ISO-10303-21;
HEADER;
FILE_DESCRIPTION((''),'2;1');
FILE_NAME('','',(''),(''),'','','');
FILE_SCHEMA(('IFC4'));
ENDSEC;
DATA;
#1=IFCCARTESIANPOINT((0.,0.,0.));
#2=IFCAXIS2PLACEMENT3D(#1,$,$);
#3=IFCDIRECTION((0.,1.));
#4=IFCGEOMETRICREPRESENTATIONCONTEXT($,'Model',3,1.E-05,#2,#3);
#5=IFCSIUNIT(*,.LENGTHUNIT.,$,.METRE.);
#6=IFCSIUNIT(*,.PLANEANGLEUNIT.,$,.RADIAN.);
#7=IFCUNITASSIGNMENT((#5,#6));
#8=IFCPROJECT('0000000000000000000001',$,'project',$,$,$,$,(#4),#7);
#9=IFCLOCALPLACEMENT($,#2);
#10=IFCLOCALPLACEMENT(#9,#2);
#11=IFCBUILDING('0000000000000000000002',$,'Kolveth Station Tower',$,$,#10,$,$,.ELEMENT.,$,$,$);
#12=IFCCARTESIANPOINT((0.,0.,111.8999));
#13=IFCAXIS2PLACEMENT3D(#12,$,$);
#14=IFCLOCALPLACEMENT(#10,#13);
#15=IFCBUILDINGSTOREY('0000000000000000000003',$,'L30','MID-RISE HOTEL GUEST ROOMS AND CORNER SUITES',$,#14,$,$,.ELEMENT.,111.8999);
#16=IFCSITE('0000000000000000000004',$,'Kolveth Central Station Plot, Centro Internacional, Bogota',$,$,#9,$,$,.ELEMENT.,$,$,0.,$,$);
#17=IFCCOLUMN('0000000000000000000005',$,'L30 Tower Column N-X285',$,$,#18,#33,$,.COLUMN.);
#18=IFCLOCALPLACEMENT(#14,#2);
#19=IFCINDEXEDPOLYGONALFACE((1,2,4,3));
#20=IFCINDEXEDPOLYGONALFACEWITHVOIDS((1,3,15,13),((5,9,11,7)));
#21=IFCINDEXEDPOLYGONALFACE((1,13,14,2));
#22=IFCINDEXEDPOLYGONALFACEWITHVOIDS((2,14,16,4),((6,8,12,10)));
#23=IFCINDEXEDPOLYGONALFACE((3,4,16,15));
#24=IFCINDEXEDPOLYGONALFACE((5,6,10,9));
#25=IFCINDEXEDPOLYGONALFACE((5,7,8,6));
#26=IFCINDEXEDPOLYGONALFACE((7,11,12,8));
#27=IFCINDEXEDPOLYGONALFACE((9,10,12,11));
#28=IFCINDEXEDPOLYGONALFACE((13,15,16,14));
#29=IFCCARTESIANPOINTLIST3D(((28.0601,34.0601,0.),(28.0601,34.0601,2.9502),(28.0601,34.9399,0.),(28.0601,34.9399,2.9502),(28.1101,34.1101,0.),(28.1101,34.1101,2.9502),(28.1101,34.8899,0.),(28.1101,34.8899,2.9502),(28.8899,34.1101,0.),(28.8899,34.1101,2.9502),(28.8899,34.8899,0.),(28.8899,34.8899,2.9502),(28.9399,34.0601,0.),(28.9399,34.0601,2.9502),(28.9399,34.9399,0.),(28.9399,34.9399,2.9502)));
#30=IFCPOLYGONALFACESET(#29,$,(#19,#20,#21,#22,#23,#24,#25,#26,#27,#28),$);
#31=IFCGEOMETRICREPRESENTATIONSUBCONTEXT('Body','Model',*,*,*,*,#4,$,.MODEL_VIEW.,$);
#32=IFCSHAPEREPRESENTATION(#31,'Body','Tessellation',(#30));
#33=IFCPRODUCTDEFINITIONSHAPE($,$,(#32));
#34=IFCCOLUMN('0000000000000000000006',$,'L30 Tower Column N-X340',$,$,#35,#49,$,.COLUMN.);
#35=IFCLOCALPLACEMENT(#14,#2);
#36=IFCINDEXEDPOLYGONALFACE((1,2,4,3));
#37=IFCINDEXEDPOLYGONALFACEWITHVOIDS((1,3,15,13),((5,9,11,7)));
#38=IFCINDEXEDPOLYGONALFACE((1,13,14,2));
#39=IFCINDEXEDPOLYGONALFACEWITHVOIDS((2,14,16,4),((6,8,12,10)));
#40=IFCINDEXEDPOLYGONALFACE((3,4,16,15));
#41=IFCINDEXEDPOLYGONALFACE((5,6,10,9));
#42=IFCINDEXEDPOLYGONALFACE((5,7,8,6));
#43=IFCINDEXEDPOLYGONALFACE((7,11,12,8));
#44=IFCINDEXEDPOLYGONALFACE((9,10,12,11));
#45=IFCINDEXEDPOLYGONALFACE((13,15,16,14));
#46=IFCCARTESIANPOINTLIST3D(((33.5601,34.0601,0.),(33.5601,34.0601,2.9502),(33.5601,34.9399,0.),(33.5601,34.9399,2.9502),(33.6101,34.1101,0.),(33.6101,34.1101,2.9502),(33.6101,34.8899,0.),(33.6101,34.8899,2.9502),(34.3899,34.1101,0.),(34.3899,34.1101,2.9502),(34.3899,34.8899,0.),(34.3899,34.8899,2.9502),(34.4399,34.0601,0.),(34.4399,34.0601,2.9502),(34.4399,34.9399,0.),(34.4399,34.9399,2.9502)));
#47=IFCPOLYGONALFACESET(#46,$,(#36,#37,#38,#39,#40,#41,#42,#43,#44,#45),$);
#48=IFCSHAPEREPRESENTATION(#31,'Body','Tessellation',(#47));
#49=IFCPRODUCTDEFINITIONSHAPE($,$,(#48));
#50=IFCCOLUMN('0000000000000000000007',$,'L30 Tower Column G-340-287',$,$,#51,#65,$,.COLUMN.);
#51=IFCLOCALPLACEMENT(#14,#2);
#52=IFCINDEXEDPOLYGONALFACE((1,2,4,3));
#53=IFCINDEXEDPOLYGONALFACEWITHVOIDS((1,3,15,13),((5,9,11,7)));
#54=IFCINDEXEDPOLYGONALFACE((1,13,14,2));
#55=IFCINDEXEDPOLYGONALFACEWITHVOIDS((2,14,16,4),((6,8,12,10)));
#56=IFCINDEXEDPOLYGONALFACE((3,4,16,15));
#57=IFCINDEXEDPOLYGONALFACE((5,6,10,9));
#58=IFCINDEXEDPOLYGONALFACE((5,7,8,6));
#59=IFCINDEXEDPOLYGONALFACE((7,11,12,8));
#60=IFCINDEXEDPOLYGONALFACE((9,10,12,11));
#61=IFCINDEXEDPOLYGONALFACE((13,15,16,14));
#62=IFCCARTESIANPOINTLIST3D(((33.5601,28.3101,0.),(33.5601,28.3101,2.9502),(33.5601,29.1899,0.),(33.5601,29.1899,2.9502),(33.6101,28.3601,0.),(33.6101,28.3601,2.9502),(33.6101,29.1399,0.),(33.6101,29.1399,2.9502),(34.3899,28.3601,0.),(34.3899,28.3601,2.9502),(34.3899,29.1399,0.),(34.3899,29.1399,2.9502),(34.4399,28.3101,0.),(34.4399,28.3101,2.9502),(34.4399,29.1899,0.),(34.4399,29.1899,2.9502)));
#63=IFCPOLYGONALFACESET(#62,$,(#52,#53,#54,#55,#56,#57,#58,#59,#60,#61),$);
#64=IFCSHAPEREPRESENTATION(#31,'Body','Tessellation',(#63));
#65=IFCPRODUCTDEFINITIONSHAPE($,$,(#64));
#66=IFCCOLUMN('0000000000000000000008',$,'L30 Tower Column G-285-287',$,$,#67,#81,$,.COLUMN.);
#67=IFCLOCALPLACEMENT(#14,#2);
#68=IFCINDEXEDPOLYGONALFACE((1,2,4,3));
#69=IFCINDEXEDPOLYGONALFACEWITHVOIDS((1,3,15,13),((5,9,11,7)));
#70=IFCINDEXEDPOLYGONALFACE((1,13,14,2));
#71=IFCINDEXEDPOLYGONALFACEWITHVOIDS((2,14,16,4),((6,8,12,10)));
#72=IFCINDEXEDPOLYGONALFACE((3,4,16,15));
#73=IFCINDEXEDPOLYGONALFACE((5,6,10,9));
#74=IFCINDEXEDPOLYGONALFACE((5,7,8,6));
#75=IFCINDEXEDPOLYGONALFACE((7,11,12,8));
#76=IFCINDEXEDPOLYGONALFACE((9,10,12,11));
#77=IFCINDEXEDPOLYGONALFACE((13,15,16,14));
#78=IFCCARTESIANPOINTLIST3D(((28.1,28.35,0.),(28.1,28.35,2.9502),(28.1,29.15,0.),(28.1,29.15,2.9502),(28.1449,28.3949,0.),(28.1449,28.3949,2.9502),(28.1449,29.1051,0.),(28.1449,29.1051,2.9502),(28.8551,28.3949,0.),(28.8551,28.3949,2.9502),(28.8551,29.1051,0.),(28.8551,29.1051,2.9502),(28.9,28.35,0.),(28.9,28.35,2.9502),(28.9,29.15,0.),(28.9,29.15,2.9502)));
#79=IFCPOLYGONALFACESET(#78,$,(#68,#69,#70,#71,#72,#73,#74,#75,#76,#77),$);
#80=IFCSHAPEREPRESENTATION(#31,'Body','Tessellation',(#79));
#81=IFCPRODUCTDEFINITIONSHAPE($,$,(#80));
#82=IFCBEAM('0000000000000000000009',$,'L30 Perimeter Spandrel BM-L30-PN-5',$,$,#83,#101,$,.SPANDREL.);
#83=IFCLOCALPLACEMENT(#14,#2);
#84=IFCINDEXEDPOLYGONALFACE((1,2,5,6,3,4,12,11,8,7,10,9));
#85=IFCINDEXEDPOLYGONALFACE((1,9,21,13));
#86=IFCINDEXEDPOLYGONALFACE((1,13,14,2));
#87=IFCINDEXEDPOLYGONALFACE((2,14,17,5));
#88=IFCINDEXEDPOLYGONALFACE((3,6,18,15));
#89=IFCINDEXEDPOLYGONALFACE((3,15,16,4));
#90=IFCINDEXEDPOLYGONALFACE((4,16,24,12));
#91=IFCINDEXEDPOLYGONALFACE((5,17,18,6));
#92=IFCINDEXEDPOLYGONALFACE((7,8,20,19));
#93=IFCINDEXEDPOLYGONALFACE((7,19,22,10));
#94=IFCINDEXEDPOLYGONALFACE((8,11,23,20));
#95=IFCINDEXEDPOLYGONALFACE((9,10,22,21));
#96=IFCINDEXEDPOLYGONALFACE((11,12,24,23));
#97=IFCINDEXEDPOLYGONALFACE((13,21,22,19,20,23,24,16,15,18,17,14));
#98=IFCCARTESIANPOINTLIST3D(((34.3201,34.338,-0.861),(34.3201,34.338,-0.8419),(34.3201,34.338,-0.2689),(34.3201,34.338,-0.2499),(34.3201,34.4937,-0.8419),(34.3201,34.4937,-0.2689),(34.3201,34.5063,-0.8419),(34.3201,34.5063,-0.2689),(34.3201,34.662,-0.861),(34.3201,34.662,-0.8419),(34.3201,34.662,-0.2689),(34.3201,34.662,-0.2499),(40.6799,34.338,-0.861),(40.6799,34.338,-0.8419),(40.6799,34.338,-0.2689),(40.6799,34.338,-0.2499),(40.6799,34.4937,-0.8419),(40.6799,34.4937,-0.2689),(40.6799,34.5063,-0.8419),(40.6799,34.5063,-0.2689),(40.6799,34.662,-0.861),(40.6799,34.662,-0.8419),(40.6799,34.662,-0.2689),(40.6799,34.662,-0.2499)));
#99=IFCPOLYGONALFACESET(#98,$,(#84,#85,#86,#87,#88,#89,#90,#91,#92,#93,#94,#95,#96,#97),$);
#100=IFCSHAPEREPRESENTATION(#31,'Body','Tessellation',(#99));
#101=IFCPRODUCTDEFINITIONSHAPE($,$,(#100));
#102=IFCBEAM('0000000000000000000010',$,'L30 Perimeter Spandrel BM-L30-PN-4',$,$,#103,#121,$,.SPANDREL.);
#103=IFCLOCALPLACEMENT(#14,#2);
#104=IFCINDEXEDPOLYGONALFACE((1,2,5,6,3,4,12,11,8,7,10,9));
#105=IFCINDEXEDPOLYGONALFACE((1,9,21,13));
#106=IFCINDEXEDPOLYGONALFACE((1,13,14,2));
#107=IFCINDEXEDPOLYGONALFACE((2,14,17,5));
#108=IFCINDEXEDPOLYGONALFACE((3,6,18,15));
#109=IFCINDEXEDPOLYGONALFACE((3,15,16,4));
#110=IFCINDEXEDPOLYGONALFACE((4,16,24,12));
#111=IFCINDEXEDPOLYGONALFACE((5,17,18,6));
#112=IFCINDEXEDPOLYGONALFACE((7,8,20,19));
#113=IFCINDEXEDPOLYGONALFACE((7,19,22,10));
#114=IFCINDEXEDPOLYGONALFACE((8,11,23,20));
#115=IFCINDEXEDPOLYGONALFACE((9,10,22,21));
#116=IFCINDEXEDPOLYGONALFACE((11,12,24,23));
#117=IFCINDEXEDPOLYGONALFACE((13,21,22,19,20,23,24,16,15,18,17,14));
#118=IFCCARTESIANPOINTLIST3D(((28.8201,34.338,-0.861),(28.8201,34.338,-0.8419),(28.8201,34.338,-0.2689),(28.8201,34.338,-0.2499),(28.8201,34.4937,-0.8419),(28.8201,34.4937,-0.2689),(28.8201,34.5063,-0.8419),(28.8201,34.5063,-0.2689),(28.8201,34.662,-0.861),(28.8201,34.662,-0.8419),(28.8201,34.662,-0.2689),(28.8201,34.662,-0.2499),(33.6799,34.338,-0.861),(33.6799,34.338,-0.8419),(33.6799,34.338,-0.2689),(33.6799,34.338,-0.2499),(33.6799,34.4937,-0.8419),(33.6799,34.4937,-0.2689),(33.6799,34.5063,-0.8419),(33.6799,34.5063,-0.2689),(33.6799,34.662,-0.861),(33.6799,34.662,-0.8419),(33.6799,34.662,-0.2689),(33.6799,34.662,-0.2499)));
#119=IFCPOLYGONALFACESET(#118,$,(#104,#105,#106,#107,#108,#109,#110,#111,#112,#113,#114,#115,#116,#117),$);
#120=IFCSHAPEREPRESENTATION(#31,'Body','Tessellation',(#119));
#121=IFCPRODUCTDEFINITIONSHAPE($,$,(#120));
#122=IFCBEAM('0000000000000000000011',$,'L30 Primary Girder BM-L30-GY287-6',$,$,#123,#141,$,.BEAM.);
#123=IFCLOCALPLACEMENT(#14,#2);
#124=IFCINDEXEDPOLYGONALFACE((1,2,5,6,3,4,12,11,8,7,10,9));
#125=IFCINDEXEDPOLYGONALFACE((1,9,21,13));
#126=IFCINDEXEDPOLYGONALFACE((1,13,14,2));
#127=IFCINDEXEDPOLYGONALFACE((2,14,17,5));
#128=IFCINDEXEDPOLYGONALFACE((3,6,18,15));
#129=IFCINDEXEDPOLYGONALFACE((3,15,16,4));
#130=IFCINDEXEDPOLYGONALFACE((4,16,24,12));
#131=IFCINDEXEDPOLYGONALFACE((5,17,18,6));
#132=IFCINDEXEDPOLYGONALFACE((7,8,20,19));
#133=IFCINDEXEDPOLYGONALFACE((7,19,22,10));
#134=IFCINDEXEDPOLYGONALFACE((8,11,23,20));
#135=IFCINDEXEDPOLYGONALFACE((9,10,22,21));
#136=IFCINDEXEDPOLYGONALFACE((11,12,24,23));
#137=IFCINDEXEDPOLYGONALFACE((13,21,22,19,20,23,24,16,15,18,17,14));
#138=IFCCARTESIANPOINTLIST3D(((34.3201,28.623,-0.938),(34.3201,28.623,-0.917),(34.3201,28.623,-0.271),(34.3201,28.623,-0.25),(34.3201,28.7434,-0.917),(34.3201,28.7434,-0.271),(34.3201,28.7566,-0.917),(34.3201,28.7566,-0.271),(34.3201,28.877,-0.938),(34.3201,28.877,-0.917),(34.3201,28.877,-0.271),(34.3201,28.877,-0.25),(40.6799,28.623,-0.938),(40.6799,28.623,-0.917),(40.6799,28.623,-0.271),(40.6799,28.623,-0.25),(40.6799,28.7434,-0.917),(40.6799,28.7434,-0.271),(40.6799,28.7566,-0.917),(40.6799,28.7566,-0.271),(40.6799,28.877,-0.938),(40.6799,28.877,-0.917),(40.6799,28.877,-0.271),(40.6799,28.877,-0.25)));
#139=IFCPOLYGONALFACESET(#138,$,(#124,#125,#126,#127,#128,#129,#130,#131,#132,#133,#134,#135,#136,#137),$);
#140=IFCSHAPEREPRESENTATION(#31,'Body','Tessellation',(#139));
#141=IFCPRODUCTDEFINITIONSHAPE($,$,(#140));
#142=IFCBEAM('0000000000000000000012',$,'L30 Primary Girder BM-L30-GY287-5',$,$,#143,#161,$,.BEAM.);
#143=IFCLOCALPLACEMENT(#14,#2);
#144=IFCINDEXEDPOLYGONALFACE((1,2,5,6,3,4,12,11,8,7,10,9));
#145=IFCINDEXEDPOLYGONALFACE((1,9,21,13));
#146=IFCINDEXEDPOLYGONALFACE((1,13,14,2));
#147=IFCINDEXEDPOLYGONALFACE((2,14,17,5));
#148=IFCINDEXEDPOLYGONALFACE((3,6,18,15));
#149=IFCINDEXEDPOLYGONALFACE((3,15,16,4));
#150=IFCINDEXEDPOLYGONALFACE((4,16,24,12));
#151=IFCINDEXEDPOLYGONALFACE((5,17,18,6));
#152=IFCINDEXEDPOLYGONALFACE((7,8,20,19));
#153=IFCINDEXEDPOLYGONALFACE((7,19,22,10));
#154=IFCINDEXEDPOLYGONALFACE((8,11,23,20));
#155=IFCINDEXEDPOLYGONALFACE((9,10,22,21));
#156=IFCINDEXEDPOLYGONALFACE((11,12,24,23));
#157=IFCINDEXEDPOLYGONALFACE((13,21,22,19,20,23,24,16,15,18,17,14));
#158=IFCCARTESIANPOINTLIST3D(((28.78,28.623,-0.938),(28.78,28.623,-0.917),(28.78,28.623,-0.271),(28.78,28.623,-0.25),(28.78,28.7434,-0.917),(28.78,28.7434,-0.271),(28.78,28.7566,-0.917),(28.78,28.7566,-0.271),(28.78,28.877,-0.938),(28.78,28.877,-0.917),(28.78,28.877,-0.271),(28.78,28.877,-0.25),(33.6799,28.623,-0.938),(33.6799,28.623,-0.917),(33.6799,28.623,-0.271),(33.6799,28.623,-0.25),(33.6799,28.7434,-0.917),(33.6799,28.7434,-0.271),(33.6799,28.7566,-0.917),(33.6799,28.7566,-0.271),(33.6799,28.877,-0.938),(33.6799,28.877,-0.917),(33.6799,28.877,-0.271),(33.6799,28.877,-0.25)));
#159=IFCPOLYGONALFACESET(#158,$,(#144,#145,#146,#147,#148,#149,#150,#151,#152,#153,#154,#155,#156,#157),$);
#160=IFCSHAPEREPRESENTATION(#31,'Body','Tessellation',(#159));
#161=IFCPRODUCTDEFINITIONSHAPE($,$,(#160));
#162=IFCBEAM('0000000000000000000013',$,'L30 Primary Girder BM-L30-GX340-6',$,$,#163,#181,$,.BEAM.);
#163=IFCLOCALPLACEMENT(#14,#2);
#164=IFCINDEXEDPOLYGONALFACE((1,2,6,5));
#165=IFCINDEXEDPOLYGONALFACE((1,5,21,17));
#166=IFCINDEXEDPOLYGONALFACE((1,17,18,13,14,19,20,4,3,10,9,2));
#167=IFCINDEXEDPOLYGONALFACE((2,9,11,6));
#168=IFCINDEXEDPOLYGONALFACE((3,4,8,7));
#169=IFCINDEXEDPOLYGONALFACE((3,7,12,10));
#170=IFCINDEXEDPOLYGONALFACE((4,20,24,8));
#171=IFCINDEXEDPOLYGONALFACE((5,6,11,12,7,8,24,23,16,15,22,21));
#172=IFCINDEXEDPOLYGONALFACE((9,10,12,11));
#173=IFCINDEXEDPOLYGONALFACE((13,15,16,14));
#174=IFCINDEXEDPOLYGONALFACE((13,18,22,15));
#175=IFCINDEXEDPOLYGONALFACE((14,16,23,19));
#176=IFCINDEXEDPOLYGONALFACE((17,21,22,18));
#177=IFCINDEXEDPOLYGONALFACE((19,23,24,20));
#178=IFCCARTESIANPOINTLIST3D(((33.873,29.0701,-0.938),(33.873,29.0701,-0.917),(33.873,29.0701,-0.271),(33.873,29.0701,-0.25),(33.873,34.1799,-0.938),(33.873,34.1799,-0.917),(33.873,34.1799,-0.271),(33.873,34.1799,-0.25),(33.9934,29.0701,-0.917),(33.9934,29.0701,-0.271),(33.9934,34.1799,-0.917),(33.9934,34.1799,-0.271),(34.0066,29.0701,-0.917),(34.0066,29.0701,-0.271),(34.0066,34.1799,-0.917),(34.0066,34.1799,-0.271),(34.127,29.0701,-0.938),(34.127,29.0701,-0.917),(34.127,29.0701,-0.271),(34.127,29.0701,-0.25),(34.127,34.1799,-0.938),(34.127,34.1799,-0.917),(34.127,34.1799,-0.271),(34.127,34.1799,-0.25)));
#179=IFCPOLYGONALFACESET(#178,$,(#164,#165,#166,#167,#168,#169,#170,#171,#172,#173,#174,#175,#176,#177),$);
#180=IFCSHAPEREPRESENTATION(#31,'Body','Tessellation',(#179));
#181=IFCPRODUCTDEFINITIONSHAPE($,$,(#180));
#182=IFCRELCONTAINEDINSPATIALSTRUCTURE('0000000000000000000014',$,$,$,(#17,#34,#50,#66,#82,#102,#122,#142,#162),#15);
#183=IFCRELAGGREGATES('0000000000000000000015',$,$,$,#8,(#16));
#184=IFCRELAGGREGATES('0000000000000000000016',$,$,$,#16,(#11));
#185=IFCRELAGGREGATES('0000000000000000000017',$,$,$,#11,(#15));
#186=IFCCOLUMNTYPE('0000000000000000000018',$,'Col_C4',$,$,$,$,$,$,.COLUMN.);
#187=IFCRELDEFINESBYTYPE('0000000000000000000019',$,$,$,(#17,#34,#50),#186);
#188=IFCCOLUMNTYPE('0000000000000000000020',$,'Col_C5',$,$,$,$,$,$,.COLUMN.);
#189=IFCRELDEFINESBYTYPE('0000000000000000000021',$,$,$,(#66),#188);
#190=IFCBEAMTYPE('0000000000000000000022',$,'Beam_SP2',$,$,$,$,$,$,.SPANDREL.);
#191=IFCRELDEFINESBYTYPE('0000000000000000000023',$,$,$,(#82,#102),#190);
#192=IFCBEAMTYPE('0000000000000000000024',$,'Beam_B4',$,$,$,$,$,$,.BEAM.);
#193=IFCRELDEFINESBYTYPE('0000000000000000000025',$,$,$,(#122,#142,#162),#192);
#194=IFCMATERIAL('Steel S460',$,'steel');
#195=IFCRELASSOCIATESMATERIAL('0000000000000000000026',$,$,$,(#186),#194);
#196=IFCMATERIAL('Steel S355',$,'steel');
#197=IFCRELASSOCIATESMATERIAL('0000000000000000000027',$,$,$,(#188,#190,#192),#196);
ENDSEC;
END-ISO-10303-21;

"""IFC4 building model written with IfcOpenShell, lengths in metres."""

from ifc_helpers import new_model, si_unit, direction, frame, origin, origin_2d, place, context, subcontext, project, spatial, hollow_rectangle, i_section, extrude, source, transform, mapped, material, material_profile, profile_set, type_object, element, save


model = new_model("IFC4")

# Units and contexts
model_context = context("Model", 3, precision=1e-05, world=origin(), true_north=direction((0.0, 1.0)))
body_context = subcontext(model_context, "Body", "Model", "MODEL_VIEW")
ifc_project = project(units=[si_unit("LENGTHUNIT", "METRE"), si_unit("PLANEANGLEUNIT", "RADIAN")], contexts=[model_context])

# Site, building, storey
site_placement = place(None, origin())
site = spatial("IfcSite", under=ifc_project, at=site_placement, Name="Kolveth Central Station Plot, Centro Internacional, Bogota", CompositionType="ELEMENT", RefElevation=0.0)
building_placement = place(site_placement, origin())
building = spatial("IfcBuilding", under=site, at=building_placement, Name="Kolveth Station Tower", CompositionType="ELEMENT")
storey_placement = place(building_placement, frame((0.0, 0.0, 111.8999)))
storey = spatial("IfcBuildingStorey", under=building, at=storey_placement, Name="L30", Description="MID-RISE HOTEL GUEST ROOMS AND CORNER SUITES", CompositionType="ELEMENT", Elevation=111.8999)

# Columns
ifc_material_1 = material(Name="Steel S460", Category="steel")
ifc_material_profile_1 = material_profile(ifc_material_1, hollow_rectangle(XDim=0.8799, YDim=0.8799, WallThickness=0.05, at=origin_2d()), Name="BOX880x880x50")
ifc_profile_set_1 = profile_set([ifc_material_profile_1], Name="Steel S460")
column_type_1 = type_object("IfcColumnType", Name="Col_C4", PredefinedType="COLUMN", material=ifc_profile_set_1)
shared_shape_1 = source(origin(), body_context, "Body", "SweptSolid", [
    extrude(hollow_rectangle(XDim=0.8799, YDim=0.8799, WallThickness=0.05, at=origin_2d()), origin(), (0.0, 0.0, 1.0), 2.9502),
])
for number, where, z_axis, x_axis, name in (
    (1, (28.5, 34.5, 0.0), (0.0, 0.0, 1.0), (1.0, 0.0, 0.0), "L30 Tower Column N-X285"),
    (2, (34.0, 34.5, 0.0), (0.0, 0.0, 1.0), (1.0, 0.0, 0.0), "L30 Tower Column N-X340"),
    (3, (34.0, 28.75, 0.0), (0.0, 0.0, 1.0), (1.0, 0.0, 0.0), "L30 Tower Column G-340-287"),
):
    element("IfcColumn", number, at=place(storey_placement, frame(where, z_axis=z_axis, x_axis=x_axis)), inside=storey, type_object=column_type_1, Name=name, PredefinedType="COLUMN", context=body_context, shape_type="MappedRepresentation", body=[
        mapped(shared_shape_1, transform((0.0, 0.0, 0.0), x_axis=(1.0, 0.0, 0.0), y_axis=(0.0, 1.0, 0.0), z_axis=(0.0, 0.0, 1.0), scale=1.0)),
    ])
ifc_material_2 = material(Name="Steel S355", Category="steel")
ifc_material_profile_2 = material_profile(ifc_material_2, hollow_rectangle(XDim=0.8, YDim=0.8, WallThickness=0.0449, at=origin_2d()), Name="BOX800x800x45")
ifc_profile_set_2 = profile_set([ifc_material_profile_2], Name="Steel S355")
column_type_2 = type_object("IfcColumnType", Name="Col_C5", PredefinedType="COLUMN", material=ifc_profile_set_2)
shared_shape_2 = source(origin(), body_context, "Body", "SweptSolid", [
    extrude(hollow_rectangle(XDim=0.8, YDim=0.8, WallThickness=0.0449, at=origin_2d()), origin(), (0.0, 0.0, 1.0), 2.9502),
])
column_placement = place(storey_placement, frame((28.5, 28.75, 0.0), z_axis=(0.0, 0.0, 1.0), x_axis=(1.0, 0.0, 0.0)))
element("IfcColumn", 4, at=column_placement, inside=storey, type_object=column_type_2, Name="L30 Tower Column G-285-287", PredefinedType="COLUMN", context=body_context, shape_type="MappedRepresentation", body=[
    mapped(shared_shape_2, transform((0.0, 0.0, 0.0), x_axis=(1.0, 0.0, 0.0), y_axis=(0.0, 1.0, 0.0), z_axis=(0.0, 0.0, 1.0), scale=1.0)),
])

# Beams
ifc_material_profile_3 = material_profile(ifc_material_2, i_section(OverallWidth=0.324, OverallDepth=0.6111, WebThickness=0.0127, FlangeThickness=0.019, at=origin_2d()), Name="W610x155")
ifc_profile_set_3 = profile_set([ifc_material_profile_3], Name="Steel S355")
beam_type_1 = type_object("IfcBeamType", Name="Beam_SP2", PredefinedType="SPANDREL", material=ifc_profile_set_3)
shared_shape_3 = source(origin(), body_context, "Body", "SweptSolid", [
    extrude(i_section(OverallWidth=0.324, OverallDepth=0.6111, WebThickness=0.0127, FlangeThickness=0.019, at=origin_2d()), origin(), (0.0, 0.0, 1.0), 6.3599),
])
beam_1_placement = place(storey_placement, frame((34.3201, 34.5, -0.5554), z_axis=(1.0, 0.0, 0.0), x_axis=(0.0, 1.0, 0.0)))
element("IfcBeam", 5, at=beam_1_placement, inside=storey, type_object=beam_type_1, Name="L30 Perimeter Spandrel BM-L30-PN-5", PredefinedType="SPANDREL", context=body_context, shape_type="MappedRepresentation", body=[
    mapped(shared_shape_3, transform((0.0, 0.0, 0.0), x_axis=(1.0, 0.0, 0.0), y_axis=(0.0, 1.0, 0.0), z_axis=(0.0, 0.0, 1.0), scale=1.0)),
])
shared_shape_4 = source(origin(), body_context, "Body", "SweptSolid", [
    extrude(i_section(OverallWidth=0.324, OverallDepth=0.6111, WebThickness=0.0127, FlangeThickness=0.019, at=origin_2d()), origin(), (0.0, 0.0, 1.0), 4.8599),
])
beam_2_placement = place(storey_placement, frame((28.8201, 34.5, -0.5554), z_axis=(1.0, 0.0, 0.0), x_axis=(0.0, 1.0, 0.0)))
element("IfcBeam", 6, at=beam_2_placement, inside=storey, type_object=beam_type_1, Name="L30 Perimeter Spandrel BM-L30-PN-4", PredefinedType="SPANDREL", context=body_context, shape_type="MappedRepresentation", body=[
    mapped(shared_shape_4, transform((0.0, 0.0, 0.0), x_axis=(1.0, 0.0, 0.0), y_axis=(0.0, 1.0, 0.0), z_axis=(0.0, 0.0, 1.0), scale=1.0)),
])
ifc_material_profile_4 = material_profile(ifc_material_2, i_section(OverallWidth=0.2539, OverallDepth=0.688, WebThickness=0.0132, FlangeThickness=0.021, at=origin_2d()), Name="W690x152")
ifc_profile_set_4 = profile_set([ifc_material_profile_4], Name="Steel S355")
beam_type_2 = type_object("IfcBeamType", Name="Beam_B4", PredefinedType="BEAM", material=ifc_profile_set_4)
shared_shape_5 = source(origin(), body_context, "Body", "SweptSolid", [
    extrude(i_section(OverallWidth=0.2539, OverallDepth=0.688, WebThickness=0.0132, FlangeThickness=0.021, at=origin_2d()), origin(), (0.0, 0.0, 1.0), 6.3599),
])
beam_3_placement = place(storey_placement, frame((34.3201, 28.75, -0.594), z_axis=(1.0, 0.0, 0.0), x_axis=(0.0, 1.0, 0.0)))
element("IfcBeam", 7, at=beam_3_placement, inside=storey, type_object=beam_type_2, Name="L30 Primary Girder BM-L30-GY287-6", PredefinedType="BEAM", context=body_context, shape_type="MappedRepresentation", body=[
    mapped(shared_shape_5, transform((0.0, 0.0, 0.0), x_axis=(1.0, 0.0, 0.0), y_axis=(0.0, 1.0, 0.0), z_axis=(0.0, 0.0, 1.0), scale=1.0)),
])
shared_shape_6 = source(origin(), body_context, "Body", "SweptSolid", [
    extrude(i_section(OverallWidth=0.2539, OverallDepth=0.688, WebThickness=0.0132, FlangeThickness=0.021, at=origin_2d()), origin(), (0.0, 0.0, 1.0), 4.8999),
])
beam_4_placement = place(storey_placement, frame((28.78, 28.75, -0.594), z_axis=(1.0, 0.0, 0.0), x_axis=(0.0, 1.0, 0.0)))
element("IfcBeam", 8, at=beam_4_placement, inside=storey, type_object=beam_type_2, Name="L30 Primary Girder BM-L30-GY287-5", PredefinedType="BEAM", context=body_context, shape_type="MappedRepresentation", body=[
    mapped(shared_shape_6, transform((0.0, 0.0, 0.0), x_axis=(1.0, 0.0, 0.0), y_axis=(0.0, 1.0, 0.0), z_axis=(0.0, 0.0, 1.0), scale=1.0)),
])
shared_shape_7 = source(origin(), body_context, "Body", "SweptSolid", [
    extrude(i_section(OverallWidth=0.2539, OverallDepth=0.688, WebThickness=0.0132, FlangeThickness=0.021, at=origin_2d()), origin(), (0.0, 0.0, 1.0), 5.1099),
])
beam_5_placement = place(storey_placement, frame((34.0, 29.0701, -0.594), z_axis=(0.0, 1.0, 0.0), x_axis=(-1.0, 0.0, 0.0)))
element("IfcBeam", 9, at=beam_5_placement, inside=storey, type_object=beam_type_2, Name="L30 Primary Girder BM-L30-GX340-6", PredefinedType="BEAM", context=body_context, shape_type="MappedRepresentation", body=[
    mapped(shared_shape_7, transform((0.0, 0.0, 0.0), x_axis=(1.0, 0.0, 0.0), y_axis=(0.0, 1.0, 0.0), z_axis=(0.0, 0.0, 1.0), scale=1.0)),
])

save(model, "model.ifc")
